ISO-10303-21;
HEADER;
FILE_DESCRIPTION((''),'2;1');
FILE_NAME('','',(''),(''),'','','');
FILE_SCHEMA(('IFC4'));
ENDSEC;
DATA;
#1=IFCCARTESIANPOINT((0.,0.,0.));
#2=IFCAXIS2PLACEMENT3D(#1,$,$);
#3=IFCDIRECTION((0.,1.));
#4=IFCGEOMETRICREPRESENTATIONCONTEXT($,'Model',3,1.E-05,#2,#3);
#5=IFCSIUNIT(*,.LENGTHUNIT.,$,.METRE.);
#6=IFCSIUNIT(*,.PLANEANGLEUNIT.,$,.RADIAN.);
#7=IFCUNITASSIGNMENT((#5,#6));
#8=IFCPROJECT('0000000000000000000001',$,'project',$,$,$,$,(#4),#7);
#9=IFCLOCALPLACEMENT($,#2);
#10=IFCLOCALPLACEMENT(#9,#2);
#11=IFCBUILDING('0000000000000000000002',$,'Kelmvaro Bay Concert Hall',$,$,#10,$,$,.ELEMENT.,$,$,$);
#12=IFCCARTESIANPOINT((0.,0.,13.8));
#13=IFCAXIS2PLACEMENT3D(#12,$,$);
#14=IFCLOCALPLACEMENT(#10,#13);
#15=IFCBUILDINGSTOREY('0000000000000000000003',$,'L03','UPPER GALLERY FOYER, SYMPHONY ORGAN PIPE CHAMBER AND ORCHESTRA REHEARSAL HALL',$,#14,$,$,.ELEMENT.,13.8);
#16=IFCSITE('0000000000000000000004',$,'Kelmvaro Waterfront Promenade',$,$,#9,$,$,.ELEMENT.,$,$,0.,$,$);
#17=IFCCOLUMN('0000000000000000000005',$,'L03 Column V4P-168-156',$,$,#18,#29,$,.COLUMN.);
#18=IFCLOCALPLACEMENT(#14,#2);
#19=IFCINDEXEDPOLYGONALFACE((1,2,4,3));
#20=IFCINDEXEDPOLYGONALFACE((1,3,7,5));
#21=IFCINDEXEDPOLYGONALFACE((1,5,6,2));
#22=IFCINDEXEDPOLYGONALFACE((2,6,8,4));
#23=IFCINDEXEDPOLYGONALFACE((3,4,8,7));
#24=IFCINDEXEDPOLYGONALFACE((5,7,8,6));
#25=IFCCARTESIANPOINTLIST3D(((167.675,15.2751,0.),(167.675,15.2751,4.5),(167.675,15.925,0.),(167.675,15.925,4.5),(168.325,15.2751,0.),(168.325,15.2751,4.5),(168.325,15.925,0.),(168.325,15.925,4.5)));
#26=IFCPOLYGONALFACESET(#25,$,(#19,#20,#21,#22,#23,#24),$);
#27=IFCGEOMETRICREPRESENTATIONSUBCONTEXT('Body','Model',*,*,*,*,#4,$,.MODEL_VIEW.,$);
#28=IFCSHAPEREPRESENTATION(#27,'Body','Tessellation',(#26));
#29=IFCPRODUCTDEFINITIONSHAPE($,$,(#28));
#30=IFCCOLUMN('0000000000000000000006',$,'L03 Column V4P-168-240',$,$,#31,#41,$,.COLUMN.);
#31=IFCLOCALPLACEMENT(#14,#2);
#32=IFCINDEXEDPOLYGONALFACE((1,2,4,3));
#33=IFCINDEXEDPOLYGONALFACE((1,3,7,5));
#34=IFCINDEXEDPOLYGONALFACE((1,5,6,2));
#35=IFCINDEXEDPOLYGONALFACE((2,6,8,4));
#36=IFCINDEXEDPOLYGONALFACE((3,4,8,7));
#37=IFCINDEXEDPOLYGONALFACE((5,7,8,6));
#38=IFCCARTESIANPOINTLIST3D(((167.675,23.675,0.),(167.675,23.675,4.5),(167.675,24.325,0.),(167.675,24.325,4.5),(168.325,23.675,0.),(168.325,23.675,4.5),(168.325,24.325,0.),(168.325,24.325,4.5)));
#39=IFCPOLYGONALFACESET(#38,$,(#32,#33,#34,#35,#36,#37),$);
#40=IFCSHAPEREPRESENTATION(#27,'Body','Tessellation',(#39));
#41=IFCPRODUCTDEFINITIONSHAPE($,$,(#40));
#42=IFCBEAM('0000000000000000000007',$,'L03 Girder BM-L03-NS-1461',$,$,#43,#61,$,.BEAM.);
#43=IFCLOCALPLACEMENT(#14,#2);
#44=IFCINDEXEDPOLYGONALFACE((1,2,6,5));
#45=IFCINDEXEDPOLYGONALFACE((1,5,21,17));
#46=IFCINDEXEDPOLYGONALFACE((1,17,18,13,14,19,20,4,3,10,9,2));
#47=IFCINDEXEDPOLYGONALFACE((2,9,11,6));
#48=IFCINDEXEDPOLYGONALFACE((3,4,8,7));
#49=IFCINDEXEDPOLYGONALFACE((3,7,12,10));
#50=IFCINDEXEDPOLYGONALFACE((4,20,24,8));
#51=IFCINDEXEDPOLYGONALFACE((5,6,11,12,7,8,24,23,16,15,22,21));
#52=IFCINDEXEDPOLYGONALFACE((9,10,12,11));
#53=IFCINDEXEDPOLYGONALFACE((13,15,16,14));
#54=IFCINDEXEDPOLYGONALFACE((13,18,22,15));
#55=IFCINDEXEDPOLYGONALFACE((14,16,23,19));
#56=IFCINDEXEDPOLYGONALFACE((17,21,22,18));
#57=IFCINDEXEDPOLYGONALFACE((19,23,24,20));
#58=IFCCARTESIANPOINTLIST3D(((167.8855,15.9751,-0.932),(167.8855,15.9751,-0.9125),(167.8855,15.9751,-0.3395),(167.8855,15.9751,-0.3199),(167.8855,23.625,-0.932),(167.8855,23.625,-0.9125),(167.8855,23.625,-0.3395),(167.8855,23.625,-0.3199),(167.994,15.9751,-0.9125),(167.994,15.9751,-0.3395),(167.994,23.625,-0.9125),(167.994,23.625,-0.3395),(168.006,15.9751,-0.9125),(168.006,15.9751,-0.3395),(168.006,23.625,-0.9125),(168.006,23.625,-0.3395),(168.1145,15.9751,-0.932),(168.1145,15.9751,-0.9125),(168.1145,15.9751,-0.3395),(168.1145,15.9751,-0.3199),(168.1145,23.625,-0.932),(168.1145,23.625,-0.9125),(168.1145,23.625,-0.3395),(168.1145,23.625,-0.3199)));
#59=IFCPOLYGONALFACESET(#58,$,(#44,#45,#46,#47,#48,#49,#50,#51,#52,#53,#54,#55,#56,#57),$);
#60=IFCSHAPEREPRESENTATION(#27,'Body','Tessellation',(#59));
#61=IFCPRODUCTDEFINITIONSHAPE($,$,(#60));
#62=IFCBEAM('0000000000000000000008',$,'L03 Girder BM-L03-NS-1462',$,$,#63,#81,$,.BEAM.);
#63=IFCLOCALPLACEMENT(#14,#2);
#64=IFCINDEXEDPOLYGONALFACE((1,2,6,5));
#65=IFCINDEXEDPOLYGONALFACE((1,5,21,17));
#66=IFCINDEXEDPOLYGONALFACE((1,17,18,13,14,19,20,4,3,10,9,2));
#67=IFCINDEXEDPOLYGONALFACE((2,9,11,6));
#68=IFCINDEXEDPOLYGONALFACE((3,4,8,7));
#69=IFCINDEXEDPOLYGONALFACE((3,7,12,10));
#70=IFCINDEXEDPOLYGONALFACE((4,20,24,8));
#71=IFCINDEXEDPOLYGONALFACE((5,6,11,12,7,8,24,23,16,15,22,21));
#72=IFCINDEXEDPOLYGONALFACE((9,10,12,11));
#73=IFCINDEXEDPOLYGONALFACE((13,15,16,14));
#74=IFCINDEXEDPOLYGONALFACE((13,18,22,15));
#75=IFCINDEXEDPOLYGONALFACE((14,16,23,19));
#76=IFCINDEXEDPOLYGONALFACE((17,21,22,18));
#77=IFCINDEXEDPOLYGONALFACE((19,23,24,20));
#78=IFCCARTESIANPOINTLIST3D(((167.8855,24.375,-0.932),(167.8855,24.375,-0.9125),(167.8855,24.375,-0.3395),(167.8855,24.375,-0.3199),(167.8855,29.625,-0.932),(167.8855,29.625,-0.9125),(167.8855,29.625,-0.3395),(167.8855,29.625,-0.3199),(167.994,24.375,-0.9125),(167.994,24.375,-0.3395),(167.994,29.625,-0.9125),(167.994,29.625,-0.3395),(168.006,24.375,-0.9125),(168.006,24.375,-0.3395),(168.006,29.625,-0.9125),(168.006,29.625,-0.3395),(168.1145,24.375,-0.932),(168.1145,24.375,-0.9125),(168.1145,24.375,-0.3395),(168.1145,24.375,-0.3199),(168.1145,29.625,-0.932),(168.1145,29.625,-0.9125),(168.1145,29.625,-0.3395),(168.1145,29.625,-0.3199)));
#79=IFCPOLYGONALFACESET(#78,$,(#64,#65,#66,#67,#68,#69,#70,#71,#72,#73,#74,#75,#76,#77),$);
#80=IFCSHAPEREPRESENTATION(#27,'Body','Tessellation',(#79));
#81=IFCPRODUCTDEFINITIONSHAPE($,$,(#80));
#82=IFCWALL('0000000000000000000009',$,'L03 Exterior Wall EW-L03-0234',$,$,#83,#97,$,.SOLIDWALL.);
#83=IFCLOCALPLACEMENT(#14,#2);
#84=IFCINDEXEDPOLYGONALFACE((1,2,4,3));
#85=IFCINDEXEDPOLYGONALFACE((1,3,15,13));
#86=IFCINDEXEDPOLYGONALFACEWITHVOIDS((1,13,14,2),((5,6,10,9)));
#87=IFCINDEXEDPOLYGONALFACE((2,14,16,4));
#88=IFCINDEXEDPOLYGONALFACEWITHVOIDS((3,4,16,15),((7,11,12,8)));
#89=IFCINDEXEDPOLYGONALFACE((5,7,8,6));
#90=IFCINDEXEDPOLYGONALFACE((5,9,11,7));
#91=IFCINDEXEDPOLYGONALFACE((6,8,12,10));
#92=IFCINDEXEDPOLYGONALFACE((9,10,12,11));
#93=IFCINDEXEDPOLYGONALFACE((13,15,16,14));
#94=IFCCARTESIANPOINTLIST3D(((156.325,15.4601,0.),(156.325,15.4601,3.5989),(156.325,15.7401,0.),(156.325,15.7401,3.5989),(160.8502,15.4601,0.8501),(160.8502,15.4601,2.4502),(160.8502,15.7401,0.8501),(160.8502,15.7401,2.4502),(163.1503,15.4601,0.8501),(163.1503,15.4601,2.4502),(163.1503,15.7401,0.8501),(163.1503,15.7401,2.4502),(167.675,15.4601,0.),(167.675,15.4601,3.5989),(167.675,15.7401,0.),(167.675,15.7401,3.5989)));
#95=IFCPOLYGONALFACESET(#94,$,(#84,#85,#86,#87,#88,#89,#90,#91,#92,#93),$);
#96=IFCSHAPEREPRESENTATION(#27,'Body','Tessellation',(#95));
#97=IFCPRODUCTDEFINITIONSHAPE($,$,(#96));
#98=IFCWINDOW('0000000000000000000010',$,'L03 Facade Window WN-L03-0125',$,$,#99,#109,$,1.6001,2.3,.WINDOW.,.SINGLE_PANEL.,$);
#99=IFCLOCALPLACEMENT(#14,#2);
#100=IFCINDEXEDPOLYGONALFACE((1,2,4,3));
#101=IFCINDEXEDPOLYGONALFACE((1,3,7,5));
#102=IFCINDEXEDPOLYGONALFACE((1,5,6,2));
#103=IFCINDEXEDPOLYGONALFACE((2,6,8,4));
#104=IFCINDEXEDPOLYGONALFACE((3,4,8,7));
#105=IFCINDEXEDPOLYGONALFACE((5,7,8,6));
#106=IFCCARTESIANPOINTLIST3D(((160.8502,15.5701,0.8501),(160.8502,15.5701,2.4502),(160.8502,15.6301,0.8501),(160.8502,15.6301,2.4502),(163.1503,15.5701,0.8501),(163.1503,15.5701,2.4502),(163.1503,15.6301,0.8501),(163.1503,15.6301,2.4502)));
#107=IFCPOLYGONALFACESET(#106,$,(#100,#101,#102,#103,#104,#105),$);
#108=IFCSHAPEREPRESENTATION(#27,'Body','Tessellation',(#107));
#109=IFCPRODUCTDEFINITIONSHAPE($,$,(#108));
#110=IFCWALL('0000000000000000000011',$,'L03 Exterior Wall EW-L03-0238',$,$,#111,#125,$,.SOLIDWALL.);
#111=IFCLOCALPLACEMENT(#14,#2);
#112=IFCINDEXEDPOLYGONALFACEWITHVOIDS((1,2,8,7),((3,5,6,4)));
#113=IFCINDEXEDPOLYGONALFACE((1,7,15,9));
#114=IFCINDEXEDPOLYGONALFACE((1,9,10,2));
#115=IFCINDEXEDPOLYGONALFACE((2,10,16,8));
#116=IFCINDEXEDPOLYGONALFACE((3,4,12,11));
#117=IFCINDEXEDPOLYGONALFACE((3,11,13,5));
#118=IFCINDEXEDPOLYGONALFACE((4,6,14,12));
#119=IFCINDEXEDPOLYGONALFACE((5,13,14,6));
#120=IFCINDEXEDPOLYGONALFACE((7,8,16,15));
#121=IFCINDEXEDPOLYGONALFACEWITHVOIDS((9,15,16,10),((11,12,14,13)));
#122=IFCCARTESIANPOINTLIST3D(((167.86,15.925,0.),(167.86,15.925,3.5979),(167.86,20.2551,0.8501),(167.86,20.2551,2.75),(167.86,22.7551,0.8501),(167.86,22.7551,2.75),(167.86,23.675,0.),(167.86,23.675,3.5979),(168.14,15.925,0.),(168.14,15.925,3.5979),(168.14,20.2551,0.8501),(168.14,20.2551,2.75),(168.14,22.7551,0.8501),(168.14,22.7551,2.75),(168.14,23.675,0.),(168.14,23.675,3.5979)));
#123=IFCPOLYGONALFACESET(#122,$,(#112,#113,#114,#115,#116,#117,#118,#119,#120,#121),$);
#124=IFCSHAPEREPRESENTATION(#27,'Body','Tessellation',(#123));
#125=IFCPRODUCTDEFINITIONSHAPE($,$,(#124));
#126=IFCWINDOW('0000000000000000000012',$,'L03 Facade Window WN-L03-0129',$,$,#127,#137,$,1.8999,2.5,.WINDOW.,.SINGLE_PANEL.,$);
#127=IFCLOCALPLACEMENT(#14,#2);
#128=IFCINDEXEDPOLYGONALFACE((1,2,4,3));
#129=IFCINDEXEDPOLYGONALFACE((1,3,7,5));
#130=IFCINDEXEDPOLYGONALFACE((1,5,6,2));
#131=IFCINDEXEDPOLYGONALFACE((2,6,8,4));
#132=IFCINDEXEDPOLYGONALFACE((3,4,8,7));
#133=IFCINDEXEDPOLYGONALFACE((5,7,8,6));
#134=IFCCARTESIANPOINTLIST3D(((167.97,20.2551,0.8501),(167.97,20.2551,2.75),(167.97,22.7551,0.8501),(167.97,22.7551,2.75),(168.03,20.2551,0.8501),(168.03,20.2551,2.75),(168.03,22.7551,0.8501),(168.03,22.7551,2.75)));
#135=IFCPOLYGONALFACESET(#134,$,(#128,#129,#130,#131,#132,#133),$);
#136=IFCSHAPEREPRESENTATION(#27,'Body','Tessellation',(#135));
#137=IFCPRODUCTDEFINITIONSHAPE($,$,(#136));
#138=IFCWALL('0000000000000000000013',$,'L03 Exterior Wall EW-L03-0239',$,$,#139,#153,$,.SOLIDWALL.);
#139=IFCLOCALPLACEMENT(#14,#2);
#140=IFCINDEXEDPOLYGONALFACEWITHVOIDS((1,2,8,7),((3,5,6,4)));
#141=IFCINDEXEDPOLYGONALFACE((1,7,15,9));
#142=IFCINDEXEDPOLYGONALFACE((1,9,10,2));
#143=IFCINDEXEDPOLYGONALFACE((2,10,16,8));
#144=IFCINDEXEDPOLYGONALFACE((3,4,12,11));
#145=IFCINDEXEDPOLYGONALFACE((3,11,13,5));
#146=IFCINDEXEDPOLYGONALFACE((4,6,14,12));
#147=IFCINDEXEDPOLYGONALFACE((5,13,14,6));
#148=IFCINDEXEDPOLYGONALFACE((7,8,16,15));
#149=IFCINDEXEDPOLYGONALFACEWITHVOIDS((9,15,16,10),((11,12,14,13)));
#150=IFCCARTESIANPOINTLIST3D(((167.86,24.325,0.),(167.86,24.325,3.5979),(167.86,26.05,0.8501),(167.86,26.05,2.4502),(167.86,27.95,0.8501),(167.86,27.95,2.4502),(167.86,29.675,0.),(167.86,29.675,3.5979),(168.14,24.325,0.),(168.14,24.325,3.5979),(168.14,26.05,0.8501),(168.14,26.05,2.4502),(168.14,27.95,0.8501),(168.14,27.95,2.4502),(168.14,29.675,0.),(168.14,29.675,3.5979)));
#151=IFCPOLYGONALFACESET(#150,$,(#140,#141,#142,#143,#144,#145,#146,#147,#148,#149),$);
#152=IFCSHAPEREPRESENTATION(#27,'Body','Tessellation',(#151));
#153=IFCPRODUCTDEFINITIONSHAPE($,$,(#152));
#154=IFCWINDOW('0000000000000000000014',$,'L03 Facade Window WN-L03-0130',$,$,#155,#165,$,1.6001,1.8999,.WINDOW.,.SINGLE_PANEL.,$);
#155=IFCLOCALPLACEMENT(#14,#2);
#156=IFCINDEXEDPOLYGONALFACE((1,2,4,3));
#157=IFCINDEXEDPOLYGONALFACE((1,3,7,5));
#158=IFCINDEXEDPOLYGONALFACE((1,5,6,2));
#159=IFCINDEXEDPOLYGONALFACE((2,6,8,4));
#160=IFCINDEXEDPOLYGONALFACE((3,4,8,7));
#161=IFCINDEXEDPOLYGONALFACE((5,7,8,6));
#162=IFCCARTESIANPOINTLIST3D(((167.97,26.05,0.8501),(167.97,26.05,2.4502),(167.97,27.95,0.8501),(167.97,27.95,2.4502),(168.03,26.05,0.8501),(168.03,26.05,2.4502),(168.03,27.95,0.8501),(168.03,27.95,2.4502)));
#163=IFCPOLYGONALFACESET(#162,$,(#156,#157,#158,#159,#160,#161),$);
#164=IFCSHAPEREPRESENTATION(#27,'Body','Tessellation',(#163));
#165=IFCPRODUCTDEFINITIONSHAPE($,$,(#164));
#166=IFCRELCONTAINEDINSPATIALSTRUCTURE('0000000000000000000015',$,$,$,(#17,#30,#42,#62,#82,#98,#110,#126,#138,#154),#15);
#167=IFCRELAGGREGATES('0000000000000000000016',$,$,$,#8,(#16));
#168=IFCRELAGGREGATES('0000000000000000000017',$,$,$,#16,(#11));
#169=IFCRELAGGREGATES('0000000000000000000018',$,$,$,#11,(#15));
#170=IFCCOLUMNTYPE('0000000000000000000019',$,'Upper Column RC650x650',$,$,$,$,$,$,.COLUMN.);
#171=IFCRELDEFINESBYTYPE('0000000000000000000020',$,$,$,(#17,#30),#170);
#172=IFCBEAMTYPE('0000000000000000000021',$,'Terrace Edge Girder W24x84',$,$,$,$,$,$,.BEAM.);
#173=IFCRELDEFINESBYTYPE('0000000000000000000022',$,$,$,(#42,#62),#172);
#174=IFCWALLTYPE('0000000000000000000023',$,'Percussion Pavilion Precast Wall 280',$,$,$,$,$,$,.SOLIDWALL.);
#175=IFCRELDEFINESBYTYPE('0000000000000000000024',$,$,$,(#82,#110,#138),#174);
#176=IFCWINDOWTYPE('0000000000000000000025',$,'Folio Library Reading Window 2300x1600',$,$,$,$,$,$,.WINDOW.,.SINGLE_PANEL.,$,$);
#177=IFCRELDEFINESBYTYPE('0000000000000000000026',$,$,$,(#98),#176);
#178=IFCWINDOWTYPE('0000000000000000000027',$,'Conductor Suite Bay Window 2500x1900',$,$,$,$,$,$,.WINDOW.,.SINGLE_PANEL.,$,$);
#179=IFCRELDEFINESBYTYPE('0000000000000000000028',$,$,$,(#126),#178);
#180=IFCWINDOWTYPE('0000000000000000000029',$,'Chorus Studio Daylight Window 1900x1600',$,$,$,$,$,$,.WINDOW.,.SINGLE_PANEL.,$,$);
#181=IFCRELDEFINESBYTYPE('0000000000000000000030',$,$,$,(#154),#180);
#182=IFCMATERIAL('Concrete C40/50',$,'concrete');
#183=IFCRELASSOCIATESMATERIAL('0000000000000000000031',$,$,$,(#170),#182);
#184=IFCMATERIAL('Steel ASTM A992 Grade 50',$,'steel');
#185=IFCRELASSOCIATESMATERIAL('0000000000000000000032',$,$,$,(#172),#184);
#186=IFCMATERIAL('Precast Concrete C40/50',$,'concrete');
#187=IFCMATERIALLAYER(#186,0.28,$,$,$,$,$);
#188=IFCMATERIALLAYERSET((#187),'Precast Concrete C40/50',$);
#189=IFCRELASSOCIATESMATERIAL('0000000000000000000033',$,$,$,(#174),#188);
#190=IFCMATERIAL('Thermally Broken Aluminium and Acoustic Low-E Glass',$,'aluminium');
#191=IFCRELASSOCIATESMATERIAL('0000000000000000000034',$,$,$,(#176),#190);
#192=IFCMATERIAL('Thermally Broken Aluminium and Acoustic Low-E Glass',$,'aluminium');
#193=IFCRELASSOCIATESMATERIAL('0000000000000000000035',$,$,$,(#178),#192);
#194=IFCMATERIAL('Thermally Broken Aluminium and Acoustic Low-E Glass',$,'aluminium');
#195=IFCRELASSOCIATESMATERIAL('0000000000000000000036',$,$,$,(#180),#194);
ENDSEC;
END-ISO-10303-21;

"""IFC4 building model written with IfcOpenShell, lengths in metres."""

from ifc_helpers import new_model, si_unit, direction, frame, frame_2d, origin, origin_2d, place, context, subcontext, project, spatial, rectangle, i_section, extrude, material, layer, layer_set, material_profile, profile_set, type_object, element, fill, save


model = new_model("IFC4")

# Units and contexts
model_context = context("Model", 3, precision=1e-05, world=origin(), true_north=direction((0.0, 1.0)))
body_context = subcontext(model_context, "Body", "Model", "MODEL_VIEW")
ifc_project = project(units=[si_unit("LENGTHUNIT", "METRE"), si_unit("PLANEANGLEUNIT", "RADIAN")], contexts=[model_context])

# Site, building, storey
site_placement = place(None, origin())
site = spatial("IfcSite", under=ifc_project, at=site_placement, Name="Kelmvaro Waterfront Promenade", CompositionType="ELEMENT", RefElevation=0.0)
building_placement = place(site_placement, origin())
building = spatial("IfcBuilding", under=site, at=building_placement, Name="Kelmvaro Bay Concert Hall", CompositionType="ELEMENT")
storey_placement = place(building_placement, frame((0.0, 0.0, 13.8)))
storey = spatial("IfcBuildingStorey", under=building, at=storey_placement, Name="L03", Description="UPPER GALLERY FOYER, SYMPHONY ORGAN PIPE CHAMBER AND ORCHESTRA REHEARSAL HALL", CompositionType="ELEMENT", Elevation=13.8)

# Columns
ifc_material_1 = material(Name="Concrete C40/50", Category="concrete")
ifc_material_profile_1 = material_profile(ifc_material_1, rectangle(XDim=0.6499, YDim=0.6499, at=origin_2d()), Name="RC-COL-650X650")
ifc_profile_set_1 = profile_set([ifc_material_profile_1], Name="Concrete C40/50")
column_type = type_object("IfcColumnType", Name="Upper Column RC650x650", PredefinedType="COLUMN", material=ifc_profile_set_1)
for number, where, z_axis, x_axis, name in (
    (1, (168.0, 15.6001, 0.0), (0.0, 0.0, 1.0), (1.0, 0.0, 0.0), "L03 Column V4P-168-156"),
    (2, (168.0, 24.0, 0.0), (0.0, 0.0, 1.0), (1.0, 0.0, 0.0), "L03 Column V4P-168-240"),
):
    element("IfcColumn", number, at=place(storey_placement, frame(where, z_axis=z_axis, x_axis=x_axis)), inside=storey, type_object=column_type, Name=name, PredefinedType="COLUMN", context=body_context, shape_type="SweptSolid", body=[
        extrude(rectangle(XDim=0.6499, YDim=0.6499, at=origin_2d()), origin(), (0.0, 0.0, 1.0), 4.5),
    ])

# Beams
ifc_material_2 = material(Name="Steel ASTM A992 Grade 50", Category="steel")
ifc_material_profile_2 = material_profile(ifc_material_2, i_section(OverallWidth=0.229, OverallDepth=0.6121, WebThickness=0.012, FlangeThickness=0.0195, at=origin_2d()), Name="W24X84")
ifc_profile_set_2 = profile_set([ifc_material_profile_2], Name="Steel ASTM A992 Grade 50")
beam_type = type_object("IfcBeamType", Name="Terrace Edge Girder W24x84", PredefinedType="BEAM", material=ifc_profile_set_2)
beam_1_placement = place(storey_placement, frame((168.0, 15.9751, -0.626), z_axis=(0.0, 1.0, 0.0), x_axis=(-1.0, 0.0, 0.0)))
element("IfcBeam", 3, at=beam_1_placement, inside=storey, type_object=beam_type, Name="L03 Girder BM-L03-NS-1461", PredefinedType="BEAM", context=body_context, shape_type="SweptSolid", body=[
    extrude(i_section(OverallWidth=0.229, OverallDepth=0.6121, WebThickness=0.012, FlangeThickness=0.0195, at=origin_2d()), origin(), (0.0, 0.0, 1.0), 7.6499),
])
beam_2_placement = place(storey_placement, frame((168.0, 24.375, -0.626), z_axis=(0.0, 1.0, 0.0), x_axis=(-1.0, 0.0, 0.0)))
element("IfcBeam", 4, at=beam_2_placement, inside=storey, type_object=beam_type, Name="L03 Girder BM-L03-NS-1462", PredefinedType="BEAM", context=body_context, shape_type="SweptSolid", body=[
    extrude(i_section(OverallWidth=0.229, OverallDepth=0.6121, WebThickness=0.012, FlangeThickness=0.0195, at=origin_2d()), origin(), (0.0, 0.0, 1.0), 5.25),
])

# Walls, openings, windows
ifc_material_3 = material(Name="Precast Concrete C40/50", Category="concrete")
ifc_layer_1 = layer(ifc_material_3, 0.28)
ifc_layer_set_1 = layer_set([ifc_layer_1], Name="Precast Concrete C40/50")
wall_type_1 = type_object("IfcWallType", Name="Percussion Pavilion Precast Wall 280", PredefinedType="SOLIDWALL", material=ifc_layer_set_1)
wall_1_placement = place(storey_placement, frame((167.675, 15.6001, 0.0), z_axis=(0.0, 0.0, 1.0), x_axis=(-1.0, 0.0, 0.0)))
wall_1 = element("IfcWall", 5, at=wall_1_placement, inside=storey, type_object=wall_type_1, Name="L03 Exterior Wall EW-L03-0234", PredefinedType="SOLIDWALL", context=body_context, shape_type="SweptSolid", body=[
    extrude(rectangle(XDim=11.3501, YDim=0.28, at=frame_2d((5.675, 0.0))), origin(), (0.0, 0.0, 1.0), 3.5989),
])
opening_1_placement = place(wall_1_placement, frame((4.5249, 0.0, 0.8501)))
opening_1 = element("IfcOpeningElement", 6, at=opening_1_placement, cuts=wall_1, PredefinedType="OPENING", context=body_context, shape_type="SweptSolid", body=[
    extrude(rectangle(XDim=2.3, YDim=1.6001, at=frame_2d((1.1499, 0.8))), frame((0.0, 0.1499, 0.0), z_axis=(0.0, -1.0, 0.0), x_axis=(1.0, 0.0, 0.0)), (0.0, 0.0, 1.0), 0.3),
])
ifc_material_4 = material(Name="Thermally Broken Aluminium and Acoustic Low-E Glass", Category="aluminium")
window_type_1 = type_object("IfcWindowType", Name="Folio Library Reading Window 2300x1600", PartitioningType="SINGLE_PANEL", PredefinedType="WINDOW", material=ifc_material_4)
window_1_placement = place(opening_1_placement, origin())
window_1 = element("IfcWindow", 7, at=window_1_placement, inside=storey, type_object=window_type_1, Name="L03 Facade Window WN-L03-0125", OverallHeight=1.6001, OverallWidth=2.3, PartitioningType="SINGLE_PANEL", PredefinedType="WINDOW", context=body_context, shape_type="SweptSolid", body=[
    extrude(rectangle(XDim=2.3, YDim=1.6001, at=frame_2d((1.1499, 0.8))), frame((0.0, 0.03, 0.0), z_axis=(0.0, -1.0, 0.0), x_axis=(1.0, 0.0, 0.0)), (0.0, 0.0, 1.0), 0.0601),
])
fill(opening_1, window_1)
wall_2_placement = place(storey_placement, frame((168.0, 23.675, 0.0), z_axis=(0.0, 0.0, 1.0), x_axis=(0.0, -1.0, 0.0)))
wall_2 = element("IfcWall", 8, at=wall_2_placement, inside=storey, type_object=wall_type_1, Name="L03 Exterior Wall EW-L03-0238", PredefinedType="SOLIDWALL", context=body_context, shape_type="SweptSolid", body=[
    extrude(rectangle(XDim=7.75, YDim=0.28, at=frame_2d((3.875, 0.0))), origin(), (0.0, 0.0, 1.0), 3.5979),
])
opening_2_placement = place(wall_2_placement, frame((0.9199, 0.0, 0.8501)))
opening_2 = element("IfcOpeningElement", 9, at=opening_2_placement, cuts=wall_2, PredefinedType="OPENING", context=body_context, shape_type="SweptSolid", body=[
    extrude(rectangle(XDim=2.5, YDim=1.8999, at=frame_2d((1.25, 0.95))), frame((0.0, 0.1499, 0.0), z_axis=(0.0, -1.0, 0.0), x_axis=(1.0, 0.0, 0.0)), (0.0, 0.0, 1.0), 0.3),
])
ifc_material_5 = material(Name="Thermally Broken Aluminium and Acoustic Low-E Glass", Category="aluminium")
window_type_2 = type_object("IfcWindowType", Name="Conductor Suite Bay Window 2500x1900", PartitioningType="SINGLE_PANEL", PredefinedType="WINDOW", material=ifc_material_5)
window_2_placement = place(opening_2_placement, origin())
window_2 = element("IfcWindow", 10, at=window_2_placement, inside=storey, type_object=window_type_2, Name="L03 Facade Window WN-L03-0129", OverallHeight=1.8999, OverallWidth=2.5, PartitioningType="SINGLE_PANEL", PredefinedType="WINDOW", context=body_context, shape_type="SweptSolid", body=[
    extrude(rectangle(XDim=2.5, YDim=1.8999, at=frame_2d((1.25, 0.95))), frame((0.0, 0.03, 0.0), z_axis=(0.0, -1.0, 0.0), x_axis=(1.0, 0.0, 0.0)), (0.0, 0.0, 1.0), 0.0601),
])
fill(opening_2, window_2)
wall_3_placement = place(storey_placement, frame((168.0, 29.675, 0.0), z_axis=(0.0, 0.0, 1.0), x_axis=(0.0, -1.0, 0.0)))
wall_3 = element("IfcWall", 11, at=wall_3_placement, inside=storey, type_object=wall_type_1, Name="L03 Exterior Wall EW-L03-0239", PredefinedType="SOLIDWALL", context=body_context, shape_type="SweptSolid", body=[
    extrude(rectangle(XDim=5.3501, YDim=0.28, at=frame_2d((2.675, 0.0))), origin(), (0.0, 0.0, 1.0), 3.5979),
])
opening_3_placement = place(wall_3_placement, frame((1.7251, 0.0, 0.8501)))
opening_3 = element("IfcOpeningElement", 12, at=opening_3_placement, cuts=wall_3, PredefinedType="OPENING", context=body_context, shape_type="SweptSolid", body=[
    extrude(rectangle(XDim=1.8999, YDim=1.6001, at=frame_2d((0.95, 0.8))), frame((0.0, 0.1499, 0.0), z_axis=(0.0, -1.0, 0.0), x_axis=(1.0, 0.0, 0.0)), (0.0, 0.0, 1.0), 0.3),
])
ifc_material_6 = material(Name="Thermally Broken Aluminium and Acoustic Low-E Glass", Category="aluminium")
window_type_3 = type_object("IfcWindowType", Name="Chorus Studio Daylight Window 1900x1600", PartitioningType="SINGLE_PANEL", PredefinedType="WINDOW", material=ifc_material_6)
window_3_placement = place(opening_3_placement, origin())
window_3 = element("IfcWindow", 13, at=window_3_placement, inside=storey, type_object=window_type_3, Name="L03 Facade Window WN-L03-0130", OverallHeight=1.6001, OverallWidth=1.8999, PartitioningType="SINGLE_PANEL", PredefinedType="WINDOW", context=body_context, shape_type="SweptSolid", body=[
    extrude(rectangle(XDim=1.8999, YDim=1.6001, at=frame_2d((0.95, 0.8))), frame((0.0, 0.03, 0.0), z_axis=(0.0, -1.0, 0.0), x_axis=(1.0, 0.0, 0.0)), (0.0, 0.0, 1.0), 0.0601),
])
fill(opening_3, window_3)

save(model, "model.ifc")
